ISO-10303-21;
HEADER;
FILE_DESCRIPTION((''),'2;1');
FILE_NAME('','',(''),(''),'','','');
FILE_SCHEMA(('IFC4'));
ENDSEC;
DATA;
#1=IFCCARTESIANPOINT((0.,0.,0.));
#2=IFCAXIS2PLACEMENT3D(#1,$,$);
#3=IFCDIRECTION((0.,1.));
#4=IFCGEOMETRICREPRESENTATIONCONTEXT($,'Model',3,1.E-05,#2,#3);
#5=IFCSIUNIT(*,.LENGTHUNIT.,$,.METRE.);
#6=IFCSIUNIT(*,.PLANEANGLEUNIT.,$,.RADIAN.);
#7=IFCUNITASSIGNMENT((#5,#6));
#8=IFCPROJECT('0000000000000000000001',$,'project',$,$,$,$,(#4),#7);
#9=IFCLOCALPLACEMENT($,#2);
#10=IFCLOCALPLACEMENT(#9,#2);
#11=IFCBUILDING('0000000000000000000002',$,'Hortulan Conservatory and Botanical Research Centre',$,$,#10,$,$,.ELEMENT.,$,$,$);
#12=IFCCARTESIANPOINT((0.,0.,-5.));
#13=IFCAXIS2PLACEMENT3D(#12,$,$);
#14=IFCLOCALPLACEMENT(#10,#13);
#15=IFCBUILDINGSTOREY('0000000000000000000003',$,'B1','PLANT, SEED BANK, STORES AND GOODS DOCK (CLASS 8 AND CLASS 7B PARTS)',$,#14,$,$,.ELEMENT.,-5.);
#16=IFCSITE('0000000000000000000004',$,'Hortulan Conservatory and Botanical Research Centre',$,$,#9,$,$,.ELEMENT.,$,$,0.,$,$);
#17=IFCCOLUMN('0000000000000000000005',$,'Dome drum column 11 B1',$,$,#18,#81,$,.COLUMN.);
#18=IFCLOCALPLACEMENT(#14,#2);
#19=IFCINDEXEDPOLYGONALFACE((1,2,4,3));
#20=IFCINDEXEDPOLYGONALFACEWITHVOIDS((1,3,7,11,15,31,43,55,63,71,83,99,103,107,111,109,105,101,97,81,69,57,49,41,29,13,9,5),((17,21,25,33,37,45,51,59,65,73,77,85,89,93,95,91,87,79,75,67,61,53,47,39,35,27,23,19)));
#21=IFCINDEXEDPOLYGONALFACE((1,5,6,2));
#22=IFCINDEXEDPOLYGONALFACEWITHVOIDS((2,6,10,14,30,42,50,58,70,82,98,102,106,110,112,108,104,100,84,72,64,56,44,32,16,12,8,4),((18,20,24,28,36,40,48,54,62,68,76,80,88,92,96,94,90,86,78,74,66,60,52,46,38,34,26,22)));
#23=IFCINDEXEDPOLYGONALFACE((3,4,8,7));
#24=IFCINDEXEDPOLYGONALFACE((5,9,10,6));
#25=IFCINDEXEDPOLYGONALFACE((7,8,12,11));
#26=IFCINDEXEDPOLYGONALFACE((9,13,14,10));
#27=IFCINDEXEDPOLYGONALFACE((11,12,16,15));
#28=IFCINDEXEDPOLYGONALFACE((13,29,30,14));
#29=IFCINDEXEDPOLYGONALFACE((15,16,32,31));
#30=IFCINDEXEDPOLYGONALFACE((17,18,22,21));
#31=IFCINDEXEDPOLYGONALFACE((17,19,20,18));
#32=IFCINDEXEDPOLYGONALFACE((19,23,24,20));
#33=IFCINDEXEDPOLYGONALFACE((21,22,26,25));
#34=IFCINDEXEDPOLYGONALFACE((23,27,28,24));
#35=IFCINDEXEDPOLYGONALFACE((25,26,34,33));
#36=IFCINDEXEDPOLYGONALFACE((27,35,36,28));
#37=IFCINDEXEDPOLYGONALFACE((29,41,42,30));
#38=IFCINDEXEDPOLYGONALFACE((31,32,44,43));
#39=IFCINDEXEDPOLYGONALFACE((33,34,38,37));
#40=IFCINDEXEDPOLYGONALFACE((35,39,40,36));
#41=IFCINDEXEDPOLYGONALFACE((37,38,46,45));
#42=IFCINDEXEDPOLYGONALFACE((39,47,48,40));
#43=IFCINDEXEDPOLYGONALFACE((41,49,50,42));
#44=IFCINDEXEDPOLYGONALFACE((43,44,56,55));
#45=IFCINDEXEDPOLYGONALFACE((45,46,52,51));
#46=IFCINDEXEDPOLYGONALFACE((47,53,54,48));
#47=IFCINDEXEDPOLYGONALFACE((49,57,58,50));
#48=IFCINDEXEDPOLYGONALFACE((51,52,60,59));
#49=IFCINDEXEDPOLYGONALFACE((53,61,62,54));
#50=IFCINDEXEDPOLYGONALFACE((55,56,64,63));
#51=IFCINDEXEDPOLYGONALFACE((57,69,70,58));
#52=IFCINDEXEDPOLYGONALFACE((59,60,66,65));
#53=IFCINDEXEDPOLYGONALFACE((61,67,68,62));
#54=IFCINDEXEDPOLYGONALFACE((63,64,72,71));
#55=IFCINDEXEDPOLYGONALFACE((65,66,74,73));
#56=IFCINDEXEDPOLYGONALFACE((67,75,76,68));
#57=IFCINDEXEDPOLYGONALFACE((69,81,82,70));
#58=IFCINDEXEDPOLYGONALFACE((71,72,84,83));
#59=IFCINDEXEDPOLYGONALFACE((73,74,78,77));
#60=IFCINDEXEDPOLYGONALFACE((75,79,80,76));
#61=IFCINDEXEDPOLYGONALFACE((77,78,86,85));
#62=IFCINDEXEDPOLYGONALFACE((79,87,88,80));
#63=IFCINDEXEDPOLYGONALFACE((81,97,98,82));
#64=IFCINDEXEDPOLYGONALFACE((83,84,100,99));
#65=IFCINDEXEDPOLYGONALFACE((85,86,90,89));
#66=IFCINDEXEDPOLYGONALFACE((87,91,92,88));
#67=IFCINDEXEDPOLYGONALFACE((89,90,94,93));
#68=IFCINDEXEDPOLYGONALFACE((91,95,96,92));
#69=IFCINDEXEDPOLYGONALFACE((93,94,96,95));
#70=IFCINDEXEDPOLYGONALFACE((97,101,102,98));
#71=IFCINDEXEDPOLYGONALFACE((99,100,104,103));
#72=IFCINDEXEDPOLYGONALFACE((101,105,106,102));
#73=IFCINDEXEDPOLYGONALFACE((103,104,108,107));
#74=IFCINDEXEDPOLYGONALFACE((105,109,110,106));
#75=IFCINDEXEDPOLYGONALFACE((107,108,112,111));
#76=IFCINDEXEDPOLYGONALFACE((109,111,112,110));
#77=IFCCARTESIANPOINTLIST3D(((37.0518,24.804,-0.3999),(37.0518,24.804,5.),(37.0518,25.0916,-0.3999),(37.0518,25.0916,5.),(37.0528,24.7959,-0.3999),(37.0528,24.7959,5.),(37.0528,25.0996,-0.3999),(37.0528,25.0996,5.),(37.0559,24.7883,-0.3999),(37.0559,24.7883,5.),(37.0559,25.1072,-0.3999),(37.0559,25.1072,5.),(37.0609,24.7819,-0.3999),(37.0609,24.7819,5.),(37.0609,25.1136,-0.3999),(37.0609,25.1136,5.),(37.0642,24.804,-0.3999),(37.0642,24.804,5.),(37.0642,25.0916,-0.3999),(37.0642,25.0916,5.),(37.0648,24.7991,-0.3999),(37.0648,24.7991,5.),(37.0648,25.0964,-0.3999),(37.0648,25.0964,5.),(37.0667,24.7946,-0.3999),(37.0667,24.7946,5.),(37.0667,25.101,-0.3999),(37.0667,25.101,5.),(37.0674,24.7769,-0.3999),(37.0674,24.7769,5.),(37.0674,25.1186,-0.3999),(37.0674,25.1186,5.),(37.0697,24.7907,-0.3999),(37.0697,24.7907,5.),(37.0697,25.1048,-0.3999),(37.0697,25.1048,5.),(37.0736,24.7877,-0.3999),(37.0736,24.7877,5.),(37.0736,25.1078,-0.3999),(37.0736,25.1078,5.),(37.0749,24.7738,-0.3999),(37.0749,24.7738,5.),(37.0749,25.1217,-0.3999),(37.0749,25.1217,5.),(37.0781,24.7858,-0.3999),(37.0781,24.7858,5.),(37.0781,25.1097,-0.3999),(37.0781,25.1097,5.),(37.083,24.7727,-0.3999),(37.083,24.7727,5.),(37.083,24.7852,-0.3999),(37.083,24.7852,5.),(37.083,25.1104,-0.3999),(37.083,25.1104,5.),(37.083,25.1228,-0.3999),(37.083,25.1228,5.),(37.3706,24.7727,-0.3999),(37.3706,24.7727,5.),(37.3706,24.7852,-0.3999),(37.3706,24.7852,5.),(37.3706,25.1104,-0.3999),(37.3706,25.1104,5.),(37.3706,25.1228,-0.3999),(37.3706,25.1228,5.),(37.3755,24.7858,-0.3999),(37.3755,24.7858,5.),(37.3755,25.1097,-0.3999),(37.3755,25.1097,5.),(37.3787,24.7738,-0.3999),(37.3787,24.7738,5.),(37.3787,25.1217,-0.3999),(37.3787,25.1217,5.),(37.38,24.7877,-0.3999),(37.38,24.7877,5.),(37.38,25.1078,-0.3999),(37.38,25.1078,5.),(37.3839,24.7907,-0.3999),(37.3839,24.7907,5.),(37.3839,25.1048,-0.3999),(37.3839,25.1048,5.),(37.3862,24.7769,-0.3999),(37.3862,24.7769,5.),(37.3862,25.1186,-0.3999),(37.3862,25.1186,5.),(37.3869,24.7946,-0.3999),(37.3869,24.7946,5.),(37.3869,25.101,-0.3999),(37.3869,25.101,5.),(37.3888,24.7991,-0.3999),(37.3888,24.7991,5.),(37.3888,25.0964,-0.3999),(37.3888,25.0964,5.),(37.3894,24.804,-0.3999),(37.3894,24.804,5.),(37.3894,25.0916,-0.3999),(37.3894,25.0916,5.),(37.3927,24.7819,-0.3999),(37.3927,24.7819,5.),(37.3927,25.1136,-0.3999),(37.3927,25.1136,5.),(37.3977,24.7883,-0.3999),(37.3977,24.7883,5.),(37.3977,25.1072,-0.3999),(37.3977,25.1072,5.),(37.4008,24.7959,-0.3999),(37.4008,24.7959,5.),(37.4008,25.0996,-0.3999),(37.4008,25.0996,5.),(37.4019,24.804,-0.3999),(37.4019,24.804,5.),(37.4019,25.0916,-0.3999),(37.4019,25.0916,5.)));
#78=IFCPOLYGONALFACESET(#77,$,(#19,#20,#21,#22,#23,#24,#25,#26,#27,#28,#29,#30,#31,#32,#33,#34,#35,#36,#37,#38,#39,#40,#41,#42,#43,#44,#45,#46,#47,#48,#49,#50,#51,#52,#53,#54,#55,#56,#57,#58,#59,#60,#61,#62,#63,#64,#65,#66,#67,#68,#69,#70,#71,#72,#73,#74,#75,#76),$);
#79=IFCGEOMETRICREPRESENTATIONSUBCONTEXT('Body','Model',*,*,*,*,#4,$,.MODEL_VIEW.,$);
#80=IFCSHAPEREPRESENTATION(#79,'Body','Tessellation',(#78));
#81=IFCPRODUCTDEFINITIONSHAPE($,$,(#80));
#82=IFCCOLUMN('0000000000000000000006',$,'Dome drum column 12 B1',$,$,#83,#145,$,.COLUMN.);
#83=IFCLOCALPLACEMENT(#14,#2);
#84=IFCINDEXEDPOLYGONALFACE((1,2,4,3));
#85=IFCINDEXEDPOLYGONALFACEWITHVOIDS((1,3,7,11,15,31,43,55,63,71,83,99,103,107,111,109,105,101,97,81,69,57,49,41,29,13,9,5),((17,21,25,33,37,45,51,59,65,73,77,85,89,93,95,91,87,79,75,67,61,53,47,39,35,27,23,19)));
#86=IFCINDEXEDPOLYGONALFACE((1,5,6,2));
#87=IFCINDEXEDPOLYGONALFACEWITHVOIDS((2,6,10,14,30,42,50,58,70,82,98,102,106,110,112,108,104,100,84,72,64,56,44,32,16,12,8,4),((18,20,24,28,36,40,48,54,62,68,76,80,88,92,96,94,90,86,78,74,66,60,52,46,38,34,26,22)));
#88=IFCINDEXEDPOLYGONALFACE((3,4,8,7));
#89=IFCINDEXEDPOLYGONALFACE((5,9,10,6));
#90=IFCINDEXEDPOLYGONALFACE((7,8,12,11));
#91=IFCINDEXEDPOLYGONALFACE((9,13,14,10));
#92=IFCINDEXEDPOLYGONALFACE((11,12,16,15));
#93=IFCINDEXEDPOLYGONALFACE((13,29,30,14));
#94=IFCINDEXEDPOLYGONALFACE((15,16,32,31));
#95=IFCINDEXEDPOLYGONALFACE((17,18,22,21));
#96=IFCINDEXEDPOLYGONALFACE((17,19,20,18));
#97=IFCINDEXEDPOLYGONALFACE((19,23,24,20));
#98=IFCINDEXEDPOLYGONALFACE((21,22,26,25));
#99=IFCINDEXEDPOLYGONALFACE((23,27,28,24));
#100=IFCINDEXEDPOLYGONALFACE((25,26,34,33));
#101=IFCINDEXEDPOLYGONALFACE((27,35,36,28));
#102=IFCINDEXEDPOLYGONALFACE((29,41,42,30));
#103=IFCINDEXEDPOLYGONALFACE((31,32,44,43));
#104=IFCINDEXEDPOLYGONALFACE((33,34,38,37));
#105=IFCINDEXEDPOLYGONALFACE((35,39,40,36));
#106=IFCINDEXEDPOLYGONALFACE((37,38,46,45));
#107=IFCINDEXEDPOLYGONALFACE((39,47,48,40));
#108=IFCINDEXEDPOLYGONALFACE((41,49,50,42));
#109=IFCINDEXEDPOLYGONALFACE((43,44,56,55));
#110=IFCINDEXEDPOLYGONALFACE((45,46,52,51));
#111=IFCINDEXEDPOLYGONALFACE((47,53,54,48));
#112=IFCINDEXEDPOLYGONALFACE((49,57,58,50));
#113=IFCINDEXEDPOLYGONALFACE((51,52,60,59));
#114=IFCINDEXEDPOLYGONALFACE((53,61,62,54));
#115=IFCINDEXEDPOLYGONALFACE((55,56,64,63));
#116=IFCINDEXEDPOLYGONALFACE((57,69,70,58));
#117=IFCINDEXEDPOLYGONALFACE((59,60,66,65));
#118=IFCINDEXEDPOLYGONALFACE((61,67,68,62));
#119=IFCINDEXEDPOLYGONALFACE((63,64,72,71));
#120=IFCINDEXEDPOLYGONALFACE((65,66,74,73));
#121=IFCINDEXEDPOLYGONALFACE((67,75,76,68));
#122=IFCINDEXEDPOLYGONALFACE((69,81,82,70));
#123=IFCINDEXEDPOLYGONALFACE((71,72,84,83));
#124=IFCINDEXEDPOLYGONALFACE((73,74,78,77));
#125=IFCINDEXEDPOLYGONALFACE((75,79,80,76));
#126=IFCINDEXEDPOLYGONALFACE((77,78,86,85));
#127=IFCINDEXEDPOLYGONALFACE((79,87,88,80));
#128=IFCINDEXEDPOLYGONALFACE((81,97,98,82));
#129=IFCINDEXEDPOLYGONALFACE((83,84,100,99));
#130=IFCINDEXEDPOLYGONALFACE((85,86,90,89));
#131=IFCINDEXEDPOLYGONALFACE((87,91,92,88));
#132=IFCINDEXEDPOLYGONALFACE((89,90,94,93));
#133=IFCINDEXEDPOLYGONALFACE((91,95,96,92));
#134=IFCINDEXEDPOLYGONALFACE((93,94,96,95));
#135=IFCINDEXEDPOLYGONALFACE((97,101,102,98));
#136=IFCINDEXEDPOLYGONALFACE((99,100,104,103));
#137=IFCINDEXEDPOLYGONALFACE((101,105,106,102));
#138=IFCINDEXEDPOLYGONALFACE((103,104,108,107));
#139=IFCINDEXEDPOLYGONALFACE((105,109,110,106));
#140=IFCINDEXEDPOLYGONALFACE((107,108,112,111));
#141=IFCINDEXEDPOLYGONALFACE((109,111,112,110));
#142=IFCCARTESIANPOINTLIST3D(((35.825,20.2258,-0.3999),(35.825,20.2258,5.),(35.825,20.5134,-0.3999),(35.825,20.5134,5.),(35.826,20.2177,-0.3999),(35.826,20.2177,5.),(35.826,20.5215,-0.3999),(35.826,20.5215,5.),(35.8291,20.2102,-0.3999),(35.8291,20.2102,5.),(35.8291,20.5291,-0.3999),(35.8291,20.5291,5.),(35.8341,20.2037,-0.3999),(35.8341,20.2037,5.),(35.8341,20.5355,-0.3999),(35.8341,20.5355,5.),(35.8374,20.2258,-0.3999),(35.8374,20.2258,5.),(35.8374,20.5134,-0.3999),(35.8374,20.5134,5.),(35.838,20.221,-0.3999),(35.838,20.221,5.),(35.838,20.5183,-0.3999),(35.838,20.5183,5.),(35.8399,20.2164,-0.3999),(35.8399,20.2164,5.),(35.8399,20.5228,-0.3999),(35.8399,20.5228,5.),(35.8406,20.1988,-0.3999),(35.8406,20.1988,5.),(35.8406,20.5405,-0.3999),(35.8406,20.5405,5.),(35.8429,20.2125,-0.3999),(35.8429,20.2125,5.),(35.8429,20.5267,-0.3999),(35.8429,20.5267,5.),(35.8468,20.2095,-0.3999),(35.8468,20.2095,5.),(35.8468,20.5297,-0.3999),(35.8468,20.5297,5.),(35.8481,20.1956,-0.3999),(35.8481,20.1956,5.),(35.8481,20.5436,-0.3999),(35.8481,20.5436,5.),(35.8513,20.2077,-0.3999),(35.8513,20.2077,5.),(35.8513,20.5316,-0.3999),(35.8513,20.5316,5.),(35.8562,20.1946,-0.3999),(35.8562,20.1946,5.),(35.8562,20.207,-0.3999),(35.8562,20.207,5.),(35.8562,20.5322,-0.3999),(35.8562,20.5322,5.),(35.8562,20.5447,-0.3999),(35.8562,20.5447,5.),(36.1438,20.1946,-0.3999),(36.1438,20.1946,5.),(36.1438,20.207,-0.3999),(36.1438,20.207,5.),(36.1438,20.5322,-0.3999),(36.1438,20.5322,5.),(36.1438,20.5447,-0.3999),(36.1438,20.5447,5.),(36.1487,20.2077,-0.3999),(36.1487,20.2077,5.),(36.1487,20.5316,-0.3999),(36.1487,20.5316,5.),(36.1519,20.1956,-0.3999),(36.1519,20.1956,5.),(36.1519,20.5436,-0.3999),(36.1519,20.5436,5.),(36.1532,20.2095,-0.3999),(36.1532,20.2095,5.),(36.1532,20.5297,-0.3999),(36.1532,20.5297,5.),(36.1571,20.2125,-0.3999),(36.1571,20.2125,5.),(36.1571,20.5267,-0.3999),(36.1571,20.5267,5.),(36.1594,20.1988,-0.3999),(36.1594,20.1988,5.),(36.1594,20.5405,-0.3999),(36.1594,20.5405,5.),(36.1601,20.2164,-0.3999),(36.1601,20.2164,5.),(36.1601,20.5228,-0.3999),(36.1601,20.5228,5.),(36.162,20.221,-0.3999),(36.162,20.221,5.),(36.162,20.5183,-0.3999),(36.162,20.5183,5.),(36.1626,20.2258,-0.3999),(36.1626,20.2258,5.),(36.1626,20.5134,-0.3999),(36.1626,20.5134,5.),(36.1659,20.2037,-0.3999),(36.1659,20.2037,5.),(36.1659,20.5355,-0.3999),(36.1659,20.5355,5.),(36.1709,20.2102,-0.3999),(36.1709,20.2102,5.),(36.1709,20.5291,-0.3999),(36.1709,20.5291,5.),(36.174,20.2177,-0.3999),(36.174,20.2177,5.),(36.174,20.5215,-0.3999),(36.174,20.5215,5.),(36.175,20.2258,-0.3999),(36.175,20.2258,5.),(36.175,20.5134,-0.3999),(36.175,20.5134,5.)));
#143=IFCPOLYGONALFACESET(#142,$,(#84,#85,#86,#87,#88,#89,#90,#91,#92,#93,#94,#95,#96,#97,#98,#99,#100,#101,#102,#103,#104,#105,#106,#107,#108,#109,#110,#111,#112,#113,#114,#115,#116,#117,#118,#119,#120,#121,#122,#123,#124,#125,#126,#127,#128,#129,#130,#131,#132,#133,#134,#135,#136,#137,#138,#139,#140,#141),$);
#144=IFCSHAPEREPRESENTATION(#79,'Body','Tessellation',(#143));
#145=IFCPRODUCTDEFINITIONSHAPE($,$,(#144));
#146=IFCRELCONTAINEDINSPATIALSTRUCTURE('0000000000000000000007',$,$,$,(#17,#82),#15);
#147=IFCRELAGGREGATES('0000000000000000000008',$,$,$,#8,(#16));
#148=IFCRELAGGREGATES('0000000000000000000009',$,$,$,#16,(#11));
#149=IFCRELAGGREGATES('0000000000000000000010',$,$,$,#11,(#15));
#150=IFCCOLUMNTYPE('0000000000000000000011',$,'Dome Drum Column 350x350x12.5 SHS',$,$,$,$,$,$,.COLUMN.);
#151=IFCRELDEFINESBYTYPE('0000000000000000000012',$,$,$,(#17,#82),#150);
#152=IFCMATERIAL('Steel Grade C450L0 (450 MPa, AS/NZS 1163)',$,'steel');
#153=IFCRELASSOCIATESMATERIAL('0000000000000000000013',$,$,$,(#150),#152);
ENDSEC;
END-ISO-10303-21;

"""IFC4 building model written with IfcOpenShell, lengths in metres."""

from ifc_helpers import new_model, si_unit, direction, frame, origin, origin_2d, place, context, subcontext, project, spatial, hollow_rectangle, extrude, material, material_profile, profile_set, type_object, element, save


model = new_model("IFC4")

# Units and contexts
model_context = context("Model", 3, precision=1e-05, world=origin(), true_north=direction((0.0, 1.0)))
body_context = subcontext(model_context, "Body", "Model", "MODEL_VIEW")
ifc_project = project(units=[si_unit("LENGTHUNIT", "METRE"), si_unit("PLANEANGLEUNIT", "RADIAN")], contexts=[model_context])

# Site, building, storey
site_placement = place(None, origin())
site = spatial("IfcSite", under=ifc_project, at=site_placement, Name="Hortulan Conservatory and Botanical Research Centre", CompositionType="ELEMENT", RefElevation=0.0)
building_placement = place(site_placement, origin())
building = spatial("IfcBuilding", under=site, at=building_placement, Name="Hortulan Conservatory and Botanical Research Centre", CompositionType="ELEMENT")
storey_placement = place(building_placement, frame((0.0, 0.0, -5.0)))
storey = spatial("IfcBuildingStorey", under=building, at=storey_placement, Name="B1", Description="PLANT, SEED BANK, STORES AND GOODS DOCK (CLASS 8 AND CLASS 7B PARTS)", CompositionType="ELEMENT", Elevation=-5.0)

# Columns
ifc_material_1 = material(Name="Steel Grade C450L0 (450 MPa, AS/NZS 1163)", Category="steel")
ifc_material_profile_1 = material_profile(ifc_material_1, hollow_rectangle(XDim=0.3501, YDim=0.3501, WallThickness=0.0125, InnerFilletRadius=0.0188, OuterFilletRadius=0.0312, at=origin_2d()), Name="350x350x12.5SHS")
ifc_profile_set_1 = profile_set([ifc_material_profile_1], Name="Steel Grade C450L0 (450 MPa, AS/NZS 1163)")
column_type_1 = type_object("IfcColumnType", Name="Dome Drum Column 350x350x12.5 SHS", PredefinedType="COLUMN", material=ifc_profile_set_1)
for number, where, z_axis, x_axis, name in (
    (1, (37.2268, 24.9478, -0.3999), (0.0, 0.0, 1.0), (1.0, 0.0, 0.0), "Dome drum column 11 B1"),
    (2, (36.0, 20.3696, -0.3999), (0.0, 0.0, 1.0), (1.0, 0.0, 0.0), "Dome drum column 12 B1"),
):
    element("IfcColumn", number, at=place(storey_placement, frame(where, z_axis=z_axis, x_axis=x_axis)), inside=storey, type_object=column_type_1, Name=name, PredefinedType="COLUMN", context=body_context, shape_type="SweptSolid", body=[
        extrude(hollow_rectangle(XDim=0.3501, YDim=0.3501, WallThickness=0.0125, InnerFilletRadius=0.0188, OuterFilletRadius=0.0312, at=origin_2d()), origin(), (0.0, 0.0, 1.0), 5.3999),
    ])

save(model, "model.ifc")
